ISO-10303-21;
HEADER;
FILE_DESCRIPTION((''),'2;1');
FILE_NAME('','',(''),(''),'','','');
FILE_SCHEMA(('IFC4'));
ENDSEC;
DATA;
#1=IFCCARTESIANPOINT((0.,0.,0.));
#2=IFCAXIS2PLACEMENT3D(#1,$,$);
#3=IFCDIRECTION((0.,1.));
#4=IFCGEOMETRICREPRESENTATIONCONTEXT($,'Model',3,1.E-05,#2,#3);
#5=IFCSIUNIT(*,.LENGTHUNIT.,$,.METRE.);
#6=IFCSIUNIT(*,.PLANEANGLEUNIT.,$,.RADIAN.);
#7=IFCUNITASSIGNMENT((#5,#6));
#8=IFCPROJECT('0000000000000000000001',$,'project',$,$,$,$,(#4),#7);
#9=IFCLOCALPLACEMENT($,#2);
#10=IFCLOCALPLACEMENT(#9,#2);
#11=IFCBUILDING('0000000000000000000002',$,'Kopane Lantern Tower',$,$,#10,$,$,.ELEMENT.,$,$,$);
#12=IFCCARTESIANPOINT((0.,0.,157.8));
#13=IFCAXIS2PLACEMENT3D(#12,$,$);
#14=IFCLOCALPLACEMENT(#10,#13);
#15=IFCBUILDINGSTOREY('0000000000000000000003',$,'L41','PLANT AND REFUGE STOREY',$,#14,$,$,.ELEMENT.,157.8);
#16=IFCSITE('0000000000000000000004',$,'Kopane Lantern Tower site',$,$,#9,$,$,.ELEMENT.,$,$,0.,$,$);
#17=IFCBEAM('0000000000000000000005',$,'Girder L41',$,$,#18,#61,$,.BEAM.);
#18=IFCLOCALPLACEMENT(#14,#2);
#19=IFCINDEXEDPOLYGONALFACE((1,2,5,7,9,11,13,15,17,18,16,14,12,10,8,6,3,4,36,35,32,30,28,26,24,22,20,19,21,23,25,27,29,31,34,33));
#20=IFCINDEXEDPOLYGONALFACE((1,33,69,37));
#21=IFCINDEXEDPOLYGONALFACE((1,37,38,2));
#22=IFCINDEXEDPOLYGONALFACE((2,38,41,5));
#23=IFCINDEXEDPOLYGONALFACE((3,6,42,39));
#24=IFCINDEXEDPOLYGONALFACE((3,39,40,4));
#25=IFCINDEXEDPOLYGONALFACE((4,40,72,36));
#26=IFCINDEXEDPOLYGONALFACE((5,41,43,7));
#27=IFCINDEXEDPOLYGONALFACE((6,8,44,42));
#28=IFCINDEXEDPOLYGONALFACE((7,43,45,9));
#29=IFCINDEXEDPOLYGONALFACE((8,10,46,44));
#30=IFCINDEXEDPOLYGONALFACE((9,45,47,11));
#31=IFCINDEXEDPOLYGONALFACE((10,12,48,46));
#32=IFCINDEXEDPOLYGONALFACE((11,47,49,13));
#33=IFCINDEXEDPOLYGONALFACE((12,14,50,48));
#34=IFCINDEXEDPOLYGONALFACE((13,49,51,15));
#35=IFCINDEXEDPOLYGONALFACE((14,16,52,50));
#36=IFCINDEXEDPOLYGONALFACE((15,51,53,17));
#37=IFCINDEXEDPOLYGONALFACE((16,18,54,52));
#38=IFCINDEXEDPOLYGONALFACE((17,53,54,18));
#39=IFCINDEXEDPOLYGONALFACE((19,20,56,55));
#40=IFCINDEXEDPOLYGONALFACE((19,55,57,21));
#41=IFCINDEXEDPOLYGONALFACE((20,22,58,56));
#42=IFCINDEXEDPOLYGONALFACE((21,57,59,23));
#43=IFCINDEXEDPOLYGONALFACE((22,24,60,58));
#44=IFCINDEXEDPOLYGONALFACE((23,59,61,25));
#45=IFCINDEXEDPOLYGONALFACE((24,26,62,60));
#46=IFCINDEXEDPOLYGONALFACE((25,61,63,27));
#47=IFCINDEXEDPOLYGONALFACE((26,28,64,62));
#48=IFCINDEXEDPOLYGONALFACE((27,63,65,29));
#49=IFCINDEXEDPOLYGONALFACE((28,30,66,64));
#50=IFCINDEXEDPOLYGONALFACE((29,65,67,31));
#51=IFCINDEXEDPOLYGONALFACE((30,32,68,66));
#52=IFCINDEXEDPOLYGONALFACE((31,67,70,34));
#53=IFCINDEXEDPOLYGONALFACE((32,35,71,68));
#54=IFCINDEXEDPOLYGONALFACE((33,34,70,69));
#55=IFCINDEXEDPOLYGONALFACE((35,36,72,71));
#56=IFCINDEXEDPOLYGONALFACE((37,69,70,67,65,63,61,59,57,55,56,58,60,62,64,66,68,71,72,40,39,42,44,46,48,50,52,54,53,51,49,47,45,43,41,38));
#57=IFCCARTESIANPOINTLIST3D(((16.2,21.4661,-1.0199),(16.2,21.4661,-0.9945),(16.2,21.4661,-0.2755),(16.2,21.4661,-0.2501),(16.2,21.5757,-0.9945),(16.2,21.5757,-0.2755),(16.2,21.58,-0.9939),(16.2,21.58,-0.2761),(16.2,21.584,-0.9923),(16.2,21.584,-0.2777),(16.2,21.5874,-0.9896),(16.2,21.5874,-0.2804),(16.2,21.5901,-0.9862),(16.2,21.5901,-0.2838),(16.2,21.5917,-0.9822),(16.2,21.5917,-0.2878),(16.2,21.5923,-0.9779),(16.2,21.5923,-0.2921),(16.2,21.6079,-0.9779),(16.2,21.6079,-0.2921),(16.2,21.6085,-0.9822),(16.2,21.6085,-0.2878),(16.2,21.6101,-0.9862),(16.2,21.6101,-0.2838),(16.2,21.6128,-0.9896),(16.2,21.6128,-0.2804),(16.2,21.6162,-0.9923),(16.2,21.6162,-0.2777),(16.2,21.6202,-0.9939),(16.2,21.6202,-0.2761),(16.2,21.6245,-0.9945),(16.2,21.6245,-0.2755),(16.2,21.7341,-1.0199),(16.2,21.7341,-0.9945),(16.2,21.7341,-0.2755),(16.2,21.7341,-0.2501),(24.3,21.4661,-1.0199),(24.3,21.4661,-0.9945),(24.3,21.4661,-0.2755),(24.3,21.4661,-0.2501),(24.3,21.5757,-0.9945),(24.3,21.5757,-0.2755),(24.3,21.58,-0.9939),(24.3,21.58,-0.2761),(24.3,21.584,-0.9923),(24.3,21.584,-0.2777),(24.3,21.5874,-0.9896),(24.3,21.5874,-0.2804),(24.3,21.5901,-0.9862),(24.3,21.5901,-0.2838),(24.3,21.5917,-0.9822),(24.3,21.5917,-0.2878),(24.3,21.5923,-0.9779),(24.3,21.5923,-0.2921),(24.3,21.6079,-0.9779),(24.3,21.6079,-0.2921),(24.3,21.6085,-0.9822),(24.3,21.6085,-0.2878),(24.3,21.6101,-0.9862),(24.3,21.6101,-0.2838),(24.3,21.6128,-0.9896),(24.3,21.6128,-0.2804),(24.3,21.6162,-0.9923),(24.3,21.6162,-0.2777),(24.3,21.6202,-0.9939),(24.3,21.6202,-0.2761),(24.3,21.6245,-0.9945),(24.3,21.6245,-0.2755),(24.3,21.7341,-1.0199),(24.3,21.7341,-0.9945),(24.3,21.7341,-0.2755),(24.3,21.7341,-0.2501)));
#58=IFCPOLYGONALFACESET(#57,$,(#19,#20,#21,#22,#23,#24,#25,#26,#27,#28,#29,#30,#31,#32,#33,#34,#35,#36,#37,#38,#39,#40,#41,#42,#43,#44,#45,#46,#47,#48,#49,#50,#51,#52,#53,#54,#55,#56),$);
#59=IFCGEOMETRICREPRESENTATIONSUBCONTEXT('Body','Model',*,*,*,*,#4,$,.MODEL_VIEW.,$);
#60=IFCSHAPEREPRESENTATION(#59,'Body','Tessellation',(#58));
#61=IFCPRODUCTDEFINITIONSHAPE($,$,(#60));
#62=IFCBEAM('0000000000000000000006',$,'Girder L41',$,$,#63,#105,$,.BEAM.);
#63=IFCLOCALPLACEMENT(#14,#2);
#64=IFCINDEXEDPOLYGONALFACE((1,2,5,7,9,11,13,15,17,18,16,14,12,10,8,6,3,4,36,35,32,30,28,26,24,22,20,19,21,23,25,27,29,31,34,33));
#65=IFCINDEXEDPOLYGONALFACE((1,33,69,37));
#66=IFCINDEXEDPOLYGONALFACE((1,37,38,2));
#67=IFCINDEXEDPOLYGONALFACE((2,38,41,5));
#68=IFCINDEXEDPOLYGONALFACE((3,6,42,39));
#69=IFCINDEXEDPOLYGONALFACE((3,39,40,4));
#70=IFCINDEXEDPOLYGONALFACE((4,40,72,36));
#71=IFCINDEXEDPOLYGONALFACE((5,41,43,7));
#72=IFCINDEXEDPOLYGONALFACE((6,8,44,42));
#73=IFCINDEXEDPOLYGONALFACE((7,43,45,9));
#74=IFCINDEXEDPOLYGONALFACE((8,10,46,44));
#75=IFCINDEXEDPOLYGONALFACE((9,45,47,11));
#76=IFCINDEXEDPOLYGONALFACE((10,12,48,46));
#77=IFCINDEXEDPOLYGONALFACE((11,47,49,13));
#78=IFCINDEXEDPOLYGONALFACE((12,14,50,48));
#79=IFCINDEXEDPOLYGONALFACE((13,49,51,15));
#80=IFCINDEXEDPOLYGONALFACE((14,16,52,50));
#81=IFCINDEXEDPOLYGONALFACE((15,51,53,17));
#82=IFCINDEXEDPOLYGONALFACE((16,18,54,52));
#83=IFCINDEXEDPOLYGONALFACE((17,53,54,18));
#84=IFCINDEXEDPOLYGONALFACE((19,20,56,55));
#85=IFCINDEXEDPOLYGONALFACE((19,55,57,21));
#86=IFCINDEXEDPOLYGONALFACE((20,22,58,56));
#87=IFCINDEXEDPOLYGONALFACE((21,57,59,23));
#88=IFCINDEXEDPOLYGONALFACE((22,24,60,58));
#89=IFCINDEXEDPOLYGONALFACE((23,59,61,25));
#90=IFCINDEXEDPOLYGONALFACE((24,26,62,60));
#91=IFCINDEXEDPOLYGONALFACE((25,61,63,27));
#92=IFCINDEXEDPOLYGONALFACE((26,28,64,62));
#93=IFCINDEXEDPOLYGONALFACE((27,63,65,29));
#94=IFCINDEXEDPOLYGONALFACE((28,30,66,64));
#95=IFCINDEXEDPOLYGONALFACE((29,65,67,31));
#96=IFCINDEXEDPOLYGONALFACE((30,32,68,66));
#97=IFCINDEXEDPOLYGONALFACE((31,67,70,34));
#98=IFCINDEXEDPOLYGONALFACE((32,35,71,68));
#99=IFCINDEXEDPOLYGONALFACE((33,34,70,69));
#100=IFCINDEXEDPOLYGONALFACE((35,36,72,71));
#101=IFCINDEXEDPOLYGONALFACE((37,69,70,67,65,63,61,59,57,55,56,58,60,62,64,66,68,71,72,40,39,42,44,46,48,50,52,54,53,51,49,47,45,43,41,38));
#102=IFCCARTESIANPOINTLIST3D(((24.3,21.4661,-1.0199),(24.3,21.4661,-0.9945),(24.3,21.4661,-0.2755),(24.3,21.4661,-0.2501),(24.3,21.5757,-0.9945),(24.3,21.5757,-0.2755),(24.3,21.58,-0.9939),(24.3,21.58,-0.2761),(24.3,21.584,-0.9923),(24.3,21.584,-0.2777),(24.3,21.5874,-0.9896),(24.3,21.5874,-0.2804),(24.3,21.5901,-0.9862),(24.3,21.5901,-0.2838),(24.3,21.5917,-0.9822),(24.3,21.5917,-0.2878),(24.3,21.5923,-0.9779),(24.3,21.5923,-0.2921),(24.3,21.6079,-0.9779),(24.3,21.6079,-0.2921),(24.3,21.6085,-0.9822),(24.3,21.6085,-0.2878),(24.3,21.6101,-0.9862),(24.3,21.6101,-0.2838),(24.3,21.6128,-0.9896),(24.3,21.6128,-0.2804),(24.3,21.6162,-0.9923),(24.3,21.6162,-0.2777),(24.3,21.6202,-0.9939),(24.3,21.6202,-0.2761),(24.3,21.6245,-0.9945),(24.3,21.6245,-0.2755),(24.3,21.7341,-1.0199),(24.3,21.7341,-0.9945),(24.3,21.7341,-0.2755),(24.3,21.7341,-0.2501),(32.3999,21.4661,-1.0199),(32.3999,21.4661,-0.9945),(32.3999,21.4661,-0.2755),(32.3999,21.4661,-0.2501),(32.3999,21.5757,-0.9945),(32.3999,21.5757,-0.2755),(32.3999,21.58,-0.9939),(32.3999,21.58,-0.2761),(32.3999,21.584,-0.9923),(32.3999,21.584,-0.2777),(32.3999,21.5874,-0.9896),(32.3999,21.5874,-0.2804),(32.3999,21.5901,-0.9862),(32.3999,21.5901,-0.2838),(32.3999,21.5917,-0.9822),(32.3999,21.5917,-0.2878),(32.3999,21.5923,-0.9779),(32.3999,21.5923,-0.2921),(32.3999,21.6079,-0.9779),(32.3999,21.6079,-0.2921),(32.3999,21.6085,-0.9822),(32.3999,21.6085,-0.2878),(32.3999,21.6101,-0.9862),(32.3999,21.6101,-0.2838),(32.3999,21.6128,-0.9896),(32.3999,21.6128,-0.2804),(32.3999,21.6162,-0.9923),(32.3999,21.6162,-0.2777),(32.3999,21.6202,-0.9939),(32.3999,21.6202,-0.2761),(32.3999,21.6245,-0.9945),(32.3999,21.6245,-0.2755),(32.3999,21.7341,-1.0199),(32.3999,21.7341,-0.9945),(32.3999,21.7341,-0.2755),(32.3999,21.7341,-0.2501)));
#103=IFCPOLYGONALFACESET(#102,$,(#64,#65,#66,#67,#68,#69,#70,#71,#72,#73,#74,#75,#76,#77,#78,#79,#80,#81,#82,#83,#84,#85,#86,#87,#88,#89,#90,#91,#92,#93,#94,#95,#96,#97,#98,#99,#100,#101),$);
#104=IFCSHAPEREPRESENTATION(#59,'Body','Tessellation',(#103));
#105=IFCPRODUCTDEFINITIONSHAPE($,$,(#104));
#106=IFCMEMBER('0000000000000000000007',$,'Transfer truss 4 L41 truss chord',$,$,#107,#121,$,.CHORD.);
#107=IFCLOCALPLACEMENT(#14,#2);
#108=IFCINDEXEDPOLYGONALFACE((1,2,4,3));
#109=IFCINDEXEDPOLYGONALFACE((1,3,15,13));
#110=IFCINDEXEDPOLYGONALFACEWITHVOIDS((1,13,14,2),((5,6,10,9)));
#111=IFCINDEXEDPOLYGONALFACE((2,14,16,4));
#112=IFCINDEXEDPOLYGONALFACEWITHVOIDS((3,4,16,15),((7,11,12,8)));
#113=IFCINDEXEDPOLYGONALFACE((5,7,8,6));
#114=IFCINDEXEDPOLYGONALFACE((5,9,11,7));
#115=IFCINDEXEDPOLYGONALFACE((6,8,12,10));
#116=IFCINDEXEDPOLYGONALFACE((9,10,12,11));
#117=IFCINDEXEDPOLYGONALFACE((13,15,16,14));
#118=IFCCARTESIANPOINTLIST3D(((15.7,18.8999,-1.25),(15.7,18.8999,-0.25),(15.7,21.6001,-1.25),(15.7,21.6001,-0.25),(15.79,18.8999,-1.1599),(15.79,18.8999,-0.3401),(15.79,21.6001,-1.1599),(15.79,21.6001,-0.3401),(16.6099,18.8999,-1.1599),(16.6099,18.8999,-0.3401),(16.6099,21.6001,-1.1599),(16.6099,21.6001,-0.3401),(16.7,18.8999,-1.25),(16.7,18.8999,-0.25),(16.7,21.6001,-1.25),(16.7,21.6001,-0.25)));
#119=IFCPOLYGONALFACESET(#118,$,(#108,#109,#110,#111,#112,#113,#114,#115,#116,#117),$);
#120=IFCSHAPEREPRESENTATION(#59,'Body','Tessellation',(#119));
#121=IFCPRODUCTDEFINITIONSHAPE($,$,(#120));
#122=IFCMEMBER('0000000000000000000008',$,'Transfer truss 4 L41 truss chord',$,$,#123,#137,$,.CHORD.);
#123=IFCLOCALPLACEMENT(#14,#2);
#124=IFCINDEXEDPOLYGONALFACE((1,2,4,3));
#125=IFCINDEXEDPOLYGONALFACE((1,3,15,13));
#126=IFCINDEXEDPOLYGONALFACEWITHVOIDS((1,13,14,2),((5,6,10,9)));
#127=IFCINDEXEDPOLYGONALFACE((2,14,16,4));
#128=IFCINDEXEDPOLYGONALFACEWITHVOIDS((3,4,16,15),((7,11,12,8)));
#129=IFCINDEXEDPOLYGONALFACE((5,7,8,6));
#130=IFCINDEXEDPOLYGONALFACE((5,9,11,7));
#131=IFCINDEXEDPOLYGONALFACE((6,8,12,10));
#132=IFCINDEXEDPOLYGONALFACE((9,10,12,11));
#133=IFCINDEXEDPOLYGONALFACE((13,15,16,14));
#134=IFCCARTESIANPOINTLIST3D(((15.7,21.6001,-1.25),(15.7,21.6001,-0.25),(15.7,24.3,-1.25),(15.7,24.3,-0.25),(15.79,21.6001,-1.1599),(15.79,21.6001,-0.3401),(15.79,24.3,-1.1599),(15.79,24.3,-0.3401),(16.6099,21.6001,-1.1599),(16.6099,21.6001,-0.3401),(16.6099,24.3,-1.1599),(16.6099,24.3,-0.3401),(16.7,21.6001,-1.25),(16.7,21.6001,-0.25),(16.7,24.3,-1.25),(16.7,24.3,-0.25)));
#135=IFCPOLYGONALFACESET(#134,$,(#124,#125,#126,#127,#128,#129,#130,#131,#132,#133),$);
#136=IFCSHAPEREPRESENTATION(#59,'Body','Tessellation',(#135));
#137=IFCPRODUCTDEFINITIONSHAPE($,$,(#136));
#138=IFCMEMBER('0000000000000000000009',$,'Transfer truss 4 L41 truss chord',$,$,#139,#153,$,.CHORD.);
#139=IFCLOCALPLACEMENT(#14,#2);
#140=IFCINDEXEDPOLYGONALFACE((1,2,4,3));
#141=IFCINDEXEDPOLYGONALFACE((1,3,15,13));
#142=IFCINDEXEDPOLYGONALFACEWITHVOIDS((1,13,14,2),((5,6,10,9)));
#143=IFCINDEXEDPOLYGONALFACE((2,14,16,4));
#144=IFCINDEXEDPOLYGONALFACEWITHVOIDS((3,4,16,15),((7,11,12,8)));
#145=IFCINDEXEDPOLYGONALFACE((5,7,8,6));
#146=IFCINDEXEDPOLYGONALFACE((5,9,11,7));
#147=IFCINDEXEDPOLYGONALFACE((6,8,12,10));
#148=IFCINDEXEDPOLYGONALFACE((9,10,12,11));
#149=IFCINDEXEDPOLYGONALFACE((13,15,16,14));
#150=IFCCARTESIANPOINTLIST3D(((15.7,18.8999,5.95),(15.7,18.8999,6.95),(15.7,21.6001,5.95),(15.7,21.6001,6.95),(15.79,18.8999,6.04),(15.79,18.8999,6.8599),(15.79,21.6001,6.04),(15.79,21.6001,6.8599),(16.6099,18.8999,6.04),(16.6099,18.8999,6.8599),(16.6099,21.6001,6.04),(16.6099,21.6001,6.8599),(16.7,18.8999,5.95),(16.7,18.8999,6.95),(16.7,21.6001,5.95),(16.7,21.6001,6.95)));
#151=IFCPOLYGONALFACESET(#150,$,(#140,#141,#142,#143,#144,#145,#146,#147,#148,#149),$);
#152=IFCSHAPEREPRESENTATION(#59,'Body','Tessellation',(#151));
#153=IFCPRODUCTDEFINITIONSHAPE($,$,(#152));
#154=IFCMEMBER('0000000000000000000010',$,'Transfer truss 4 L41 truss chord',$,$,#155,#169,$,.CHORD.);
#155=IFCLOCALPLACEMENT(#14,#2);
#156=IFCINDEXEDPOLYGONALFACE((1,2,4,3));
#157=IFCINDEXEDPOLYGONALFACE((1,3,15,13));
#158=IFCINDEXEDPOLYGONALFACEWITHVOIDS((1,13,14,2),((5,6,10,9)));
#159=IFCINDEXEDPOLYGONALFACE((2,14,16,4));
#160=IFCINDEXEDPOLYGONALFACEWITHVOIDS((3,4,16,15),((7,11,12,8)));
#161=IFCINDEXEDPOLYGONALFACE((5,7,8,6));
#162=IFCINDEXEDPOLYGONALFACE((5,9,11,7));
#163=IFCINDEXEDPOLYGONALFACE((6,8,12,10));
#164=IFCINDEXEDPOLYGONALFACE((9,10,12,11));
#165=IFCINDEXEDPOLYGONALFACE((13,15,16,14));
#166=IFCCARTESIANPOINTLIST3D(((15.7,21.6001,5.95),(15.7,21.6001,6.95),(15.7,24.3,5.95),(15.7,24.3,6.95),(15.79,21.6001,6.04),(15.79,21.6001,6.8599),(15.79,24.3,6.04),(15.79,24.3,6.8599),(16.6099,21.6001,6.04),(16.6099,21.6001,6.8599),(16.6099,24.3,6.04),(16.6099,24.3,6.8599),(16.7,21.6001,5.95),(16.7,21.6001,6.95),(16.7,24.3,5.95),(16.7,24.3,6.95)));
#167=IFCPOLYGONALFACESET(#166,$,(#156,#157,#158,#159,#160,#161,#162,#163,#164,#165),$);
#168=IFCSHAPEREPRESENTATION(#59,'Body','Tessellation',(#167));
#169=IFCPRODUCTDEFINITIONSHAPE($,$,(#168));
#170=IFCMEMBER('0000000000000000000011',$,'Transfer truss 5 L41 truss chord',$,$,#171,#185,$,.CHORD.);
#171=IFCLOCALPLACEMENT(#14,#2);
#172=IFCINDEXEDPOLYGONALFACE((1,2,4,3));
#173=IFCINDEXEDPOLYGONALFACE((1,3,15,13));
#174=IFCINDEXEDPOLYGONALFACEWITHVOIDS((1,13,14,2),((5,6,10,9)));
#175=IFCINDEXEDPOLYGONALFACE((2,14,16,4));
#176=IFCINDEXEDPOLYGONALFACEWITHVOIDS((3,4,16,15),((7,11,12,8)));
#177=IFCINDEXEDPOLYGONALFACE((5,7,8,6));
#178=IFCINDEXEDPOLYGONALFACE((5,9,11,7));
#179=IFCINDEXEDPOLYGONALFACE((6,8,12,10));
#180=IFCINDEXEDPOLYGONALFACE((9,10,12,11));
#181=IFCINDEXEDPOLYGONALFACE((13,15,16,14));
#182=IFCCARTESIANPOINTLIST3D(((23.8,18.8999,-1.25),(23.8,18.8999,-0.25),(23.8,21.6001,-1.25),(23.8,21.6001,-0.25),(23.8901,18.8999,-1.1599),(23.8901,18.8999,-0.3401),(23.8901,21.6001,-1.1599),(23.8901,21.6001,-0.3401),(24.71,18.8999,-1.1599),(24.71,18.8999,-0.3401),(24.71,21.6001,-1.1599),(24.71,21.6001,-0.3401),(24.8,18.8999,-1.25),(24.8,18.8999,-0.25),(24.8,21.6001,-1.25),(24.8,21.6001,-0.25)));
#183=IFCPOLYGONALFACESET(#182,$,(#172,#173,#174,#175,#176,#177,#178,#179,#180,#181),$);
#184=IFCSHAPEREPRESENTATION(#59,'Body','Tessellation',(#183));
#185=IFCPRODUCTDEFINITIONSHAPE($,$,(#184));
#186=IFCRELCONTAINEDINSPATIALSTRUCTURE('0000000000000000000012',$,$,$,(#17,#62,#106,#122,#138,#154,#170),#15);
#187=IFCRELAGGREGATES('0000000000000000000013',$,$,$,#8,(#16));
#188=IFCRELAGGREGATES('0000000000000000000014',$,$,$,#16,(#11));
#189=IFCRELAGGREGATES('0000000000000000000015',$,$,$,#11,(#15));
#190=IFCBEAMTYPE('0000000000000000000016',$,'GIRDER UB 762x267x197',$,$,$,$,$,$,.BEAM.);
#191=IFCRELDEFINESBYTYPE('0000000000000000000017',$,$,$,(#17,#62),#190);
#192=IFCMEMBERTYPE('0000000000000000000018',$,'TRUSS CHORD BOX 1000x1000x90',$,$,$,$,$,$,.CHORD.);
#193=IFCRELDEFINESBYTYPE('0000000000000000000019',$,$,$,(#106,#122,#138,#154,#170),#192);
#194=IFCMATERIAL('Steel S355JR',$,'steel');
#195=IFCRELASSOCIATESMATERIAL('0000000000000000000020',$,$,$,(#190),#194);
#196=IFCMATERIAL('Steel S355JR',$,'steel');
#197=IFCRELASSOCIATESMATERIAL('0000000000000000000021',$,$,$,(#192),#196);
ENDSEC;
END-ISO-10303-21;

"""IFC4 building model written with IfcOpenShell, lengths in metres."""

from ifc_helpers import new_model, si_unit, direction, frame, origin, origin_2d, place, context, subcontext, project, spatial, hollow_rectangle, i_section, extrude, material, material_profile, profile_set, type_object, element, save


model = new_model("IFC4")

# Units and contexts
model_context = context("Model", 3, precision=1e-05, world=origin(), true_north=direction((0.0, 1.0)))
body_context = subcontext(model_context, "Body", "Model", "MODEL_VIEW")
ifc_project = project(units=[si_unit("LENGTHUNIT", "METRE"), si_unit("PLANEANGLEUNIT", "RADIAN")], contexts=[model_context])

# Site, building, storey
site_placement = place(None, origin())
site = spatial("IfcSite", under=ifc_project, at=site_placement, Name="Kopane Lantern Tower site", CompositionType="ELEMENT", RefElevation=0.0)
building_placement = place(site_placement, origin())
building = spatial("IfcBuilding", under=site, at=building_placement, Name="Kopane Lantern Tower", CompositionType="ELEMENT")
storey_placement = place(building_placement, frame((0.0, 0.0, 157.8)))
storey = spatial("IfcBuildingStorey", under=building, at=storey_placement, Name="L41", Description="PLANT AND REFUGE STOREY", CompositionType="ELEMENT", Elevation=157.8)

# Beams
ifc_material_1 = material(Name="Steel S355JR", Category="steel")
ifc_material_profile_1 = material_profile(ifc_material_1, i_section(OverallWidth=0.2681, OverallDepth=0.7698, WebThickness=0.0156, FlangeThickness=0.0254, FilletRadius=0.0166, at=origin_2d()), Name="UB 762x267x197")
ifc_profile_set_1 = profile_set([ifc_material_profile_1], Name="Steel S355JR")
beam_type = type_object("IfcBeamType", Name="GIRDER UB 762x267x197", PredefinedType="BEAM", material=ifc_profile_set_1)
beam_1_placement = place(storey_placement, frame((16.2, 21.6001, -0.635), z_axis=(1.0, 0.0, 0.0), x_axis=(0.0, 1.0, 0.0)))
element("IfcBeam", 1, at=beam_1_placement, inside=storey, type_object=beam_type, Name="Girder L41", PredefinedType="BEAM", context=body_context, shape_type="SweptSolid", body=[
    extrude(i_section(OverallWidth=0.2681, OverallDepth=0.7698, WebThickness=0.0156, FlangeThickness=0.0254, FilletRadius=0.0166, at=origin_2d()), origin(), (0.0, 0.0, 1.0), 8.1001),
])
beam_2_placement = place(storey_placement, frame((24.3, 21.6001, -0.635), z_axis=(1.0, 0.0, 0.0), x_axis=(0.0, 1.0, 0.0)))
element("IfcBeam", 2, at=beam_2_placement, inside=storey, type_object=beam_type, Name="Girder L41", PredefinedType="BEAM", context=body_context, shape_type="SweptSolid", body=[
    extrude(i_section(OverallWidth=0.2681, OverallDepth=0.7698, WebThickness=0.0156, FlangeThickness=0.0254, FilletRadius=0.0166, at=origin_2d()), origin(), (0.0, 0.0, 1.0), 8.0999),
])

# Members
ifc_material_2 = material(Name="Steel S355JR", Category="steel")
ifc_material_profile_2 = material_profile(ifc_material_2, hollow_rectangle(XDim=1.0, YDim=1.0, WallThickness=0.0901, at=origin_2d()), Name="BOX 1000x1000x90")
ifc_profile_set_2 = profile_set([ifc_material_profile_2], Name="Steel S355JR")
member_type_1 = type_object("IfcMemberType", Name="TRUSS CHORD BOX 1000x1000x90", PredefinedType="CHORD", material=ifc_profile_set_2)
member_1_placement = place(storey_placement, frame((16.2, 18.8999, -0.75), z_axis=(0.0, 1.0, 0.0), x_axis=(-1.0, 0.0, 0.0)))
element("IfcMember", 3, at=member_1_placement, inside=storey, type_object=member_type_1, Name="Transfer truss 4 L41 truss chord", PredefinedType="CHORD", context=body_context, shape_type="SweptSolid", body=[
    extrude(hollow_rectangle(XDim=1.0, YDim=1.0, WallThickness=0.0901, at=origin_2d()), origin(), (0.0, 0.0, 1.0), 2.7002),
])
member_2_placement = place(storey_placement, frame((16.2, 21.6001, -0.75), z_axis=(0.0, 1.0, 0.0), x_axis=(-1.0, 0.0, 0.0)))
element("IfcMember", 4, at=member_2_placement, inside=storey, type_object=member_type_1, Name="Transfer truss 4 L41 truss chord", PredefinedType="CHORD", context=body_context, shape_type="SweptSolid", body=[
    extrude(hollow_rectangle(XDim=1.0, YDim=1.0, WallThickness=0.0901, at=origin_2d()), origin(), (0.0, 0.0, 1.0), 2.7),
])
member_3_placement = place(storey_placement, frame((16.2, 18.8999, 6.45), z_axis=(0.0, 1.0, 0.0), x_axis=(-1.0, 0.0, 0.0)))
element("IfcMember", 5, at=member_3_placement, inside=storey, type_object=member_type_1, Name="Transfer truss 4 L41 truss chord", PredefinedType="CHORD", context=body_context, shape_type="SweptSolid", body=[
    extrude(hollow_rectangle(XDim=1.0, YDim=1.0, WallThickness=0.0901, at=origin_2d()), origin(), (0.0, 0.0, 1.0), 2.7002),
])
member_4_placement = place(storey_placement, frame((16.2, 21.6001, 6.45), z_axis=(0.0, 1.0, 0.0), x_axis=(-1.0, 0.0, 0.0)))
element("IfcMember", 6, at=member_4_placement, inside=storey, type_object=member_type_1, Name="Transfer truss 4 L41 truss chord", PredefinedType="CHORD", context=body_context, shape_type="SweptSolid", body=[
    extrude(hollow_rectangle(XDim=1.0, YDim=1.0, WallThickness=0.0901, at=origin_2d()), origin(), (0.0, 0.0, 1.0), 2.7),
])
member_5_placement = place(storey_placement, frame((24.3, 18.8999, -0.75), z_axis=(0.0, 1.0, 0.0), x_axis=(-1.0, 0.0, 0.0)))
element("IfcMember", 7, at=member_5_placement, inside=storey, type_object=member_type_1, Name="Transfer truss 5 L41 truss chord", PredefinedType="CHORD", context=body_context, shape_type="SweptSolid", body=[
    extrude(hollow_rectangle(XDim=1.0, YDim=1.0, WallThickness=0.0901, at=origin_2d()), origin(), (0.0, 0.0, 1.0), 2.7002),
])

save(model, "model.ifc")
